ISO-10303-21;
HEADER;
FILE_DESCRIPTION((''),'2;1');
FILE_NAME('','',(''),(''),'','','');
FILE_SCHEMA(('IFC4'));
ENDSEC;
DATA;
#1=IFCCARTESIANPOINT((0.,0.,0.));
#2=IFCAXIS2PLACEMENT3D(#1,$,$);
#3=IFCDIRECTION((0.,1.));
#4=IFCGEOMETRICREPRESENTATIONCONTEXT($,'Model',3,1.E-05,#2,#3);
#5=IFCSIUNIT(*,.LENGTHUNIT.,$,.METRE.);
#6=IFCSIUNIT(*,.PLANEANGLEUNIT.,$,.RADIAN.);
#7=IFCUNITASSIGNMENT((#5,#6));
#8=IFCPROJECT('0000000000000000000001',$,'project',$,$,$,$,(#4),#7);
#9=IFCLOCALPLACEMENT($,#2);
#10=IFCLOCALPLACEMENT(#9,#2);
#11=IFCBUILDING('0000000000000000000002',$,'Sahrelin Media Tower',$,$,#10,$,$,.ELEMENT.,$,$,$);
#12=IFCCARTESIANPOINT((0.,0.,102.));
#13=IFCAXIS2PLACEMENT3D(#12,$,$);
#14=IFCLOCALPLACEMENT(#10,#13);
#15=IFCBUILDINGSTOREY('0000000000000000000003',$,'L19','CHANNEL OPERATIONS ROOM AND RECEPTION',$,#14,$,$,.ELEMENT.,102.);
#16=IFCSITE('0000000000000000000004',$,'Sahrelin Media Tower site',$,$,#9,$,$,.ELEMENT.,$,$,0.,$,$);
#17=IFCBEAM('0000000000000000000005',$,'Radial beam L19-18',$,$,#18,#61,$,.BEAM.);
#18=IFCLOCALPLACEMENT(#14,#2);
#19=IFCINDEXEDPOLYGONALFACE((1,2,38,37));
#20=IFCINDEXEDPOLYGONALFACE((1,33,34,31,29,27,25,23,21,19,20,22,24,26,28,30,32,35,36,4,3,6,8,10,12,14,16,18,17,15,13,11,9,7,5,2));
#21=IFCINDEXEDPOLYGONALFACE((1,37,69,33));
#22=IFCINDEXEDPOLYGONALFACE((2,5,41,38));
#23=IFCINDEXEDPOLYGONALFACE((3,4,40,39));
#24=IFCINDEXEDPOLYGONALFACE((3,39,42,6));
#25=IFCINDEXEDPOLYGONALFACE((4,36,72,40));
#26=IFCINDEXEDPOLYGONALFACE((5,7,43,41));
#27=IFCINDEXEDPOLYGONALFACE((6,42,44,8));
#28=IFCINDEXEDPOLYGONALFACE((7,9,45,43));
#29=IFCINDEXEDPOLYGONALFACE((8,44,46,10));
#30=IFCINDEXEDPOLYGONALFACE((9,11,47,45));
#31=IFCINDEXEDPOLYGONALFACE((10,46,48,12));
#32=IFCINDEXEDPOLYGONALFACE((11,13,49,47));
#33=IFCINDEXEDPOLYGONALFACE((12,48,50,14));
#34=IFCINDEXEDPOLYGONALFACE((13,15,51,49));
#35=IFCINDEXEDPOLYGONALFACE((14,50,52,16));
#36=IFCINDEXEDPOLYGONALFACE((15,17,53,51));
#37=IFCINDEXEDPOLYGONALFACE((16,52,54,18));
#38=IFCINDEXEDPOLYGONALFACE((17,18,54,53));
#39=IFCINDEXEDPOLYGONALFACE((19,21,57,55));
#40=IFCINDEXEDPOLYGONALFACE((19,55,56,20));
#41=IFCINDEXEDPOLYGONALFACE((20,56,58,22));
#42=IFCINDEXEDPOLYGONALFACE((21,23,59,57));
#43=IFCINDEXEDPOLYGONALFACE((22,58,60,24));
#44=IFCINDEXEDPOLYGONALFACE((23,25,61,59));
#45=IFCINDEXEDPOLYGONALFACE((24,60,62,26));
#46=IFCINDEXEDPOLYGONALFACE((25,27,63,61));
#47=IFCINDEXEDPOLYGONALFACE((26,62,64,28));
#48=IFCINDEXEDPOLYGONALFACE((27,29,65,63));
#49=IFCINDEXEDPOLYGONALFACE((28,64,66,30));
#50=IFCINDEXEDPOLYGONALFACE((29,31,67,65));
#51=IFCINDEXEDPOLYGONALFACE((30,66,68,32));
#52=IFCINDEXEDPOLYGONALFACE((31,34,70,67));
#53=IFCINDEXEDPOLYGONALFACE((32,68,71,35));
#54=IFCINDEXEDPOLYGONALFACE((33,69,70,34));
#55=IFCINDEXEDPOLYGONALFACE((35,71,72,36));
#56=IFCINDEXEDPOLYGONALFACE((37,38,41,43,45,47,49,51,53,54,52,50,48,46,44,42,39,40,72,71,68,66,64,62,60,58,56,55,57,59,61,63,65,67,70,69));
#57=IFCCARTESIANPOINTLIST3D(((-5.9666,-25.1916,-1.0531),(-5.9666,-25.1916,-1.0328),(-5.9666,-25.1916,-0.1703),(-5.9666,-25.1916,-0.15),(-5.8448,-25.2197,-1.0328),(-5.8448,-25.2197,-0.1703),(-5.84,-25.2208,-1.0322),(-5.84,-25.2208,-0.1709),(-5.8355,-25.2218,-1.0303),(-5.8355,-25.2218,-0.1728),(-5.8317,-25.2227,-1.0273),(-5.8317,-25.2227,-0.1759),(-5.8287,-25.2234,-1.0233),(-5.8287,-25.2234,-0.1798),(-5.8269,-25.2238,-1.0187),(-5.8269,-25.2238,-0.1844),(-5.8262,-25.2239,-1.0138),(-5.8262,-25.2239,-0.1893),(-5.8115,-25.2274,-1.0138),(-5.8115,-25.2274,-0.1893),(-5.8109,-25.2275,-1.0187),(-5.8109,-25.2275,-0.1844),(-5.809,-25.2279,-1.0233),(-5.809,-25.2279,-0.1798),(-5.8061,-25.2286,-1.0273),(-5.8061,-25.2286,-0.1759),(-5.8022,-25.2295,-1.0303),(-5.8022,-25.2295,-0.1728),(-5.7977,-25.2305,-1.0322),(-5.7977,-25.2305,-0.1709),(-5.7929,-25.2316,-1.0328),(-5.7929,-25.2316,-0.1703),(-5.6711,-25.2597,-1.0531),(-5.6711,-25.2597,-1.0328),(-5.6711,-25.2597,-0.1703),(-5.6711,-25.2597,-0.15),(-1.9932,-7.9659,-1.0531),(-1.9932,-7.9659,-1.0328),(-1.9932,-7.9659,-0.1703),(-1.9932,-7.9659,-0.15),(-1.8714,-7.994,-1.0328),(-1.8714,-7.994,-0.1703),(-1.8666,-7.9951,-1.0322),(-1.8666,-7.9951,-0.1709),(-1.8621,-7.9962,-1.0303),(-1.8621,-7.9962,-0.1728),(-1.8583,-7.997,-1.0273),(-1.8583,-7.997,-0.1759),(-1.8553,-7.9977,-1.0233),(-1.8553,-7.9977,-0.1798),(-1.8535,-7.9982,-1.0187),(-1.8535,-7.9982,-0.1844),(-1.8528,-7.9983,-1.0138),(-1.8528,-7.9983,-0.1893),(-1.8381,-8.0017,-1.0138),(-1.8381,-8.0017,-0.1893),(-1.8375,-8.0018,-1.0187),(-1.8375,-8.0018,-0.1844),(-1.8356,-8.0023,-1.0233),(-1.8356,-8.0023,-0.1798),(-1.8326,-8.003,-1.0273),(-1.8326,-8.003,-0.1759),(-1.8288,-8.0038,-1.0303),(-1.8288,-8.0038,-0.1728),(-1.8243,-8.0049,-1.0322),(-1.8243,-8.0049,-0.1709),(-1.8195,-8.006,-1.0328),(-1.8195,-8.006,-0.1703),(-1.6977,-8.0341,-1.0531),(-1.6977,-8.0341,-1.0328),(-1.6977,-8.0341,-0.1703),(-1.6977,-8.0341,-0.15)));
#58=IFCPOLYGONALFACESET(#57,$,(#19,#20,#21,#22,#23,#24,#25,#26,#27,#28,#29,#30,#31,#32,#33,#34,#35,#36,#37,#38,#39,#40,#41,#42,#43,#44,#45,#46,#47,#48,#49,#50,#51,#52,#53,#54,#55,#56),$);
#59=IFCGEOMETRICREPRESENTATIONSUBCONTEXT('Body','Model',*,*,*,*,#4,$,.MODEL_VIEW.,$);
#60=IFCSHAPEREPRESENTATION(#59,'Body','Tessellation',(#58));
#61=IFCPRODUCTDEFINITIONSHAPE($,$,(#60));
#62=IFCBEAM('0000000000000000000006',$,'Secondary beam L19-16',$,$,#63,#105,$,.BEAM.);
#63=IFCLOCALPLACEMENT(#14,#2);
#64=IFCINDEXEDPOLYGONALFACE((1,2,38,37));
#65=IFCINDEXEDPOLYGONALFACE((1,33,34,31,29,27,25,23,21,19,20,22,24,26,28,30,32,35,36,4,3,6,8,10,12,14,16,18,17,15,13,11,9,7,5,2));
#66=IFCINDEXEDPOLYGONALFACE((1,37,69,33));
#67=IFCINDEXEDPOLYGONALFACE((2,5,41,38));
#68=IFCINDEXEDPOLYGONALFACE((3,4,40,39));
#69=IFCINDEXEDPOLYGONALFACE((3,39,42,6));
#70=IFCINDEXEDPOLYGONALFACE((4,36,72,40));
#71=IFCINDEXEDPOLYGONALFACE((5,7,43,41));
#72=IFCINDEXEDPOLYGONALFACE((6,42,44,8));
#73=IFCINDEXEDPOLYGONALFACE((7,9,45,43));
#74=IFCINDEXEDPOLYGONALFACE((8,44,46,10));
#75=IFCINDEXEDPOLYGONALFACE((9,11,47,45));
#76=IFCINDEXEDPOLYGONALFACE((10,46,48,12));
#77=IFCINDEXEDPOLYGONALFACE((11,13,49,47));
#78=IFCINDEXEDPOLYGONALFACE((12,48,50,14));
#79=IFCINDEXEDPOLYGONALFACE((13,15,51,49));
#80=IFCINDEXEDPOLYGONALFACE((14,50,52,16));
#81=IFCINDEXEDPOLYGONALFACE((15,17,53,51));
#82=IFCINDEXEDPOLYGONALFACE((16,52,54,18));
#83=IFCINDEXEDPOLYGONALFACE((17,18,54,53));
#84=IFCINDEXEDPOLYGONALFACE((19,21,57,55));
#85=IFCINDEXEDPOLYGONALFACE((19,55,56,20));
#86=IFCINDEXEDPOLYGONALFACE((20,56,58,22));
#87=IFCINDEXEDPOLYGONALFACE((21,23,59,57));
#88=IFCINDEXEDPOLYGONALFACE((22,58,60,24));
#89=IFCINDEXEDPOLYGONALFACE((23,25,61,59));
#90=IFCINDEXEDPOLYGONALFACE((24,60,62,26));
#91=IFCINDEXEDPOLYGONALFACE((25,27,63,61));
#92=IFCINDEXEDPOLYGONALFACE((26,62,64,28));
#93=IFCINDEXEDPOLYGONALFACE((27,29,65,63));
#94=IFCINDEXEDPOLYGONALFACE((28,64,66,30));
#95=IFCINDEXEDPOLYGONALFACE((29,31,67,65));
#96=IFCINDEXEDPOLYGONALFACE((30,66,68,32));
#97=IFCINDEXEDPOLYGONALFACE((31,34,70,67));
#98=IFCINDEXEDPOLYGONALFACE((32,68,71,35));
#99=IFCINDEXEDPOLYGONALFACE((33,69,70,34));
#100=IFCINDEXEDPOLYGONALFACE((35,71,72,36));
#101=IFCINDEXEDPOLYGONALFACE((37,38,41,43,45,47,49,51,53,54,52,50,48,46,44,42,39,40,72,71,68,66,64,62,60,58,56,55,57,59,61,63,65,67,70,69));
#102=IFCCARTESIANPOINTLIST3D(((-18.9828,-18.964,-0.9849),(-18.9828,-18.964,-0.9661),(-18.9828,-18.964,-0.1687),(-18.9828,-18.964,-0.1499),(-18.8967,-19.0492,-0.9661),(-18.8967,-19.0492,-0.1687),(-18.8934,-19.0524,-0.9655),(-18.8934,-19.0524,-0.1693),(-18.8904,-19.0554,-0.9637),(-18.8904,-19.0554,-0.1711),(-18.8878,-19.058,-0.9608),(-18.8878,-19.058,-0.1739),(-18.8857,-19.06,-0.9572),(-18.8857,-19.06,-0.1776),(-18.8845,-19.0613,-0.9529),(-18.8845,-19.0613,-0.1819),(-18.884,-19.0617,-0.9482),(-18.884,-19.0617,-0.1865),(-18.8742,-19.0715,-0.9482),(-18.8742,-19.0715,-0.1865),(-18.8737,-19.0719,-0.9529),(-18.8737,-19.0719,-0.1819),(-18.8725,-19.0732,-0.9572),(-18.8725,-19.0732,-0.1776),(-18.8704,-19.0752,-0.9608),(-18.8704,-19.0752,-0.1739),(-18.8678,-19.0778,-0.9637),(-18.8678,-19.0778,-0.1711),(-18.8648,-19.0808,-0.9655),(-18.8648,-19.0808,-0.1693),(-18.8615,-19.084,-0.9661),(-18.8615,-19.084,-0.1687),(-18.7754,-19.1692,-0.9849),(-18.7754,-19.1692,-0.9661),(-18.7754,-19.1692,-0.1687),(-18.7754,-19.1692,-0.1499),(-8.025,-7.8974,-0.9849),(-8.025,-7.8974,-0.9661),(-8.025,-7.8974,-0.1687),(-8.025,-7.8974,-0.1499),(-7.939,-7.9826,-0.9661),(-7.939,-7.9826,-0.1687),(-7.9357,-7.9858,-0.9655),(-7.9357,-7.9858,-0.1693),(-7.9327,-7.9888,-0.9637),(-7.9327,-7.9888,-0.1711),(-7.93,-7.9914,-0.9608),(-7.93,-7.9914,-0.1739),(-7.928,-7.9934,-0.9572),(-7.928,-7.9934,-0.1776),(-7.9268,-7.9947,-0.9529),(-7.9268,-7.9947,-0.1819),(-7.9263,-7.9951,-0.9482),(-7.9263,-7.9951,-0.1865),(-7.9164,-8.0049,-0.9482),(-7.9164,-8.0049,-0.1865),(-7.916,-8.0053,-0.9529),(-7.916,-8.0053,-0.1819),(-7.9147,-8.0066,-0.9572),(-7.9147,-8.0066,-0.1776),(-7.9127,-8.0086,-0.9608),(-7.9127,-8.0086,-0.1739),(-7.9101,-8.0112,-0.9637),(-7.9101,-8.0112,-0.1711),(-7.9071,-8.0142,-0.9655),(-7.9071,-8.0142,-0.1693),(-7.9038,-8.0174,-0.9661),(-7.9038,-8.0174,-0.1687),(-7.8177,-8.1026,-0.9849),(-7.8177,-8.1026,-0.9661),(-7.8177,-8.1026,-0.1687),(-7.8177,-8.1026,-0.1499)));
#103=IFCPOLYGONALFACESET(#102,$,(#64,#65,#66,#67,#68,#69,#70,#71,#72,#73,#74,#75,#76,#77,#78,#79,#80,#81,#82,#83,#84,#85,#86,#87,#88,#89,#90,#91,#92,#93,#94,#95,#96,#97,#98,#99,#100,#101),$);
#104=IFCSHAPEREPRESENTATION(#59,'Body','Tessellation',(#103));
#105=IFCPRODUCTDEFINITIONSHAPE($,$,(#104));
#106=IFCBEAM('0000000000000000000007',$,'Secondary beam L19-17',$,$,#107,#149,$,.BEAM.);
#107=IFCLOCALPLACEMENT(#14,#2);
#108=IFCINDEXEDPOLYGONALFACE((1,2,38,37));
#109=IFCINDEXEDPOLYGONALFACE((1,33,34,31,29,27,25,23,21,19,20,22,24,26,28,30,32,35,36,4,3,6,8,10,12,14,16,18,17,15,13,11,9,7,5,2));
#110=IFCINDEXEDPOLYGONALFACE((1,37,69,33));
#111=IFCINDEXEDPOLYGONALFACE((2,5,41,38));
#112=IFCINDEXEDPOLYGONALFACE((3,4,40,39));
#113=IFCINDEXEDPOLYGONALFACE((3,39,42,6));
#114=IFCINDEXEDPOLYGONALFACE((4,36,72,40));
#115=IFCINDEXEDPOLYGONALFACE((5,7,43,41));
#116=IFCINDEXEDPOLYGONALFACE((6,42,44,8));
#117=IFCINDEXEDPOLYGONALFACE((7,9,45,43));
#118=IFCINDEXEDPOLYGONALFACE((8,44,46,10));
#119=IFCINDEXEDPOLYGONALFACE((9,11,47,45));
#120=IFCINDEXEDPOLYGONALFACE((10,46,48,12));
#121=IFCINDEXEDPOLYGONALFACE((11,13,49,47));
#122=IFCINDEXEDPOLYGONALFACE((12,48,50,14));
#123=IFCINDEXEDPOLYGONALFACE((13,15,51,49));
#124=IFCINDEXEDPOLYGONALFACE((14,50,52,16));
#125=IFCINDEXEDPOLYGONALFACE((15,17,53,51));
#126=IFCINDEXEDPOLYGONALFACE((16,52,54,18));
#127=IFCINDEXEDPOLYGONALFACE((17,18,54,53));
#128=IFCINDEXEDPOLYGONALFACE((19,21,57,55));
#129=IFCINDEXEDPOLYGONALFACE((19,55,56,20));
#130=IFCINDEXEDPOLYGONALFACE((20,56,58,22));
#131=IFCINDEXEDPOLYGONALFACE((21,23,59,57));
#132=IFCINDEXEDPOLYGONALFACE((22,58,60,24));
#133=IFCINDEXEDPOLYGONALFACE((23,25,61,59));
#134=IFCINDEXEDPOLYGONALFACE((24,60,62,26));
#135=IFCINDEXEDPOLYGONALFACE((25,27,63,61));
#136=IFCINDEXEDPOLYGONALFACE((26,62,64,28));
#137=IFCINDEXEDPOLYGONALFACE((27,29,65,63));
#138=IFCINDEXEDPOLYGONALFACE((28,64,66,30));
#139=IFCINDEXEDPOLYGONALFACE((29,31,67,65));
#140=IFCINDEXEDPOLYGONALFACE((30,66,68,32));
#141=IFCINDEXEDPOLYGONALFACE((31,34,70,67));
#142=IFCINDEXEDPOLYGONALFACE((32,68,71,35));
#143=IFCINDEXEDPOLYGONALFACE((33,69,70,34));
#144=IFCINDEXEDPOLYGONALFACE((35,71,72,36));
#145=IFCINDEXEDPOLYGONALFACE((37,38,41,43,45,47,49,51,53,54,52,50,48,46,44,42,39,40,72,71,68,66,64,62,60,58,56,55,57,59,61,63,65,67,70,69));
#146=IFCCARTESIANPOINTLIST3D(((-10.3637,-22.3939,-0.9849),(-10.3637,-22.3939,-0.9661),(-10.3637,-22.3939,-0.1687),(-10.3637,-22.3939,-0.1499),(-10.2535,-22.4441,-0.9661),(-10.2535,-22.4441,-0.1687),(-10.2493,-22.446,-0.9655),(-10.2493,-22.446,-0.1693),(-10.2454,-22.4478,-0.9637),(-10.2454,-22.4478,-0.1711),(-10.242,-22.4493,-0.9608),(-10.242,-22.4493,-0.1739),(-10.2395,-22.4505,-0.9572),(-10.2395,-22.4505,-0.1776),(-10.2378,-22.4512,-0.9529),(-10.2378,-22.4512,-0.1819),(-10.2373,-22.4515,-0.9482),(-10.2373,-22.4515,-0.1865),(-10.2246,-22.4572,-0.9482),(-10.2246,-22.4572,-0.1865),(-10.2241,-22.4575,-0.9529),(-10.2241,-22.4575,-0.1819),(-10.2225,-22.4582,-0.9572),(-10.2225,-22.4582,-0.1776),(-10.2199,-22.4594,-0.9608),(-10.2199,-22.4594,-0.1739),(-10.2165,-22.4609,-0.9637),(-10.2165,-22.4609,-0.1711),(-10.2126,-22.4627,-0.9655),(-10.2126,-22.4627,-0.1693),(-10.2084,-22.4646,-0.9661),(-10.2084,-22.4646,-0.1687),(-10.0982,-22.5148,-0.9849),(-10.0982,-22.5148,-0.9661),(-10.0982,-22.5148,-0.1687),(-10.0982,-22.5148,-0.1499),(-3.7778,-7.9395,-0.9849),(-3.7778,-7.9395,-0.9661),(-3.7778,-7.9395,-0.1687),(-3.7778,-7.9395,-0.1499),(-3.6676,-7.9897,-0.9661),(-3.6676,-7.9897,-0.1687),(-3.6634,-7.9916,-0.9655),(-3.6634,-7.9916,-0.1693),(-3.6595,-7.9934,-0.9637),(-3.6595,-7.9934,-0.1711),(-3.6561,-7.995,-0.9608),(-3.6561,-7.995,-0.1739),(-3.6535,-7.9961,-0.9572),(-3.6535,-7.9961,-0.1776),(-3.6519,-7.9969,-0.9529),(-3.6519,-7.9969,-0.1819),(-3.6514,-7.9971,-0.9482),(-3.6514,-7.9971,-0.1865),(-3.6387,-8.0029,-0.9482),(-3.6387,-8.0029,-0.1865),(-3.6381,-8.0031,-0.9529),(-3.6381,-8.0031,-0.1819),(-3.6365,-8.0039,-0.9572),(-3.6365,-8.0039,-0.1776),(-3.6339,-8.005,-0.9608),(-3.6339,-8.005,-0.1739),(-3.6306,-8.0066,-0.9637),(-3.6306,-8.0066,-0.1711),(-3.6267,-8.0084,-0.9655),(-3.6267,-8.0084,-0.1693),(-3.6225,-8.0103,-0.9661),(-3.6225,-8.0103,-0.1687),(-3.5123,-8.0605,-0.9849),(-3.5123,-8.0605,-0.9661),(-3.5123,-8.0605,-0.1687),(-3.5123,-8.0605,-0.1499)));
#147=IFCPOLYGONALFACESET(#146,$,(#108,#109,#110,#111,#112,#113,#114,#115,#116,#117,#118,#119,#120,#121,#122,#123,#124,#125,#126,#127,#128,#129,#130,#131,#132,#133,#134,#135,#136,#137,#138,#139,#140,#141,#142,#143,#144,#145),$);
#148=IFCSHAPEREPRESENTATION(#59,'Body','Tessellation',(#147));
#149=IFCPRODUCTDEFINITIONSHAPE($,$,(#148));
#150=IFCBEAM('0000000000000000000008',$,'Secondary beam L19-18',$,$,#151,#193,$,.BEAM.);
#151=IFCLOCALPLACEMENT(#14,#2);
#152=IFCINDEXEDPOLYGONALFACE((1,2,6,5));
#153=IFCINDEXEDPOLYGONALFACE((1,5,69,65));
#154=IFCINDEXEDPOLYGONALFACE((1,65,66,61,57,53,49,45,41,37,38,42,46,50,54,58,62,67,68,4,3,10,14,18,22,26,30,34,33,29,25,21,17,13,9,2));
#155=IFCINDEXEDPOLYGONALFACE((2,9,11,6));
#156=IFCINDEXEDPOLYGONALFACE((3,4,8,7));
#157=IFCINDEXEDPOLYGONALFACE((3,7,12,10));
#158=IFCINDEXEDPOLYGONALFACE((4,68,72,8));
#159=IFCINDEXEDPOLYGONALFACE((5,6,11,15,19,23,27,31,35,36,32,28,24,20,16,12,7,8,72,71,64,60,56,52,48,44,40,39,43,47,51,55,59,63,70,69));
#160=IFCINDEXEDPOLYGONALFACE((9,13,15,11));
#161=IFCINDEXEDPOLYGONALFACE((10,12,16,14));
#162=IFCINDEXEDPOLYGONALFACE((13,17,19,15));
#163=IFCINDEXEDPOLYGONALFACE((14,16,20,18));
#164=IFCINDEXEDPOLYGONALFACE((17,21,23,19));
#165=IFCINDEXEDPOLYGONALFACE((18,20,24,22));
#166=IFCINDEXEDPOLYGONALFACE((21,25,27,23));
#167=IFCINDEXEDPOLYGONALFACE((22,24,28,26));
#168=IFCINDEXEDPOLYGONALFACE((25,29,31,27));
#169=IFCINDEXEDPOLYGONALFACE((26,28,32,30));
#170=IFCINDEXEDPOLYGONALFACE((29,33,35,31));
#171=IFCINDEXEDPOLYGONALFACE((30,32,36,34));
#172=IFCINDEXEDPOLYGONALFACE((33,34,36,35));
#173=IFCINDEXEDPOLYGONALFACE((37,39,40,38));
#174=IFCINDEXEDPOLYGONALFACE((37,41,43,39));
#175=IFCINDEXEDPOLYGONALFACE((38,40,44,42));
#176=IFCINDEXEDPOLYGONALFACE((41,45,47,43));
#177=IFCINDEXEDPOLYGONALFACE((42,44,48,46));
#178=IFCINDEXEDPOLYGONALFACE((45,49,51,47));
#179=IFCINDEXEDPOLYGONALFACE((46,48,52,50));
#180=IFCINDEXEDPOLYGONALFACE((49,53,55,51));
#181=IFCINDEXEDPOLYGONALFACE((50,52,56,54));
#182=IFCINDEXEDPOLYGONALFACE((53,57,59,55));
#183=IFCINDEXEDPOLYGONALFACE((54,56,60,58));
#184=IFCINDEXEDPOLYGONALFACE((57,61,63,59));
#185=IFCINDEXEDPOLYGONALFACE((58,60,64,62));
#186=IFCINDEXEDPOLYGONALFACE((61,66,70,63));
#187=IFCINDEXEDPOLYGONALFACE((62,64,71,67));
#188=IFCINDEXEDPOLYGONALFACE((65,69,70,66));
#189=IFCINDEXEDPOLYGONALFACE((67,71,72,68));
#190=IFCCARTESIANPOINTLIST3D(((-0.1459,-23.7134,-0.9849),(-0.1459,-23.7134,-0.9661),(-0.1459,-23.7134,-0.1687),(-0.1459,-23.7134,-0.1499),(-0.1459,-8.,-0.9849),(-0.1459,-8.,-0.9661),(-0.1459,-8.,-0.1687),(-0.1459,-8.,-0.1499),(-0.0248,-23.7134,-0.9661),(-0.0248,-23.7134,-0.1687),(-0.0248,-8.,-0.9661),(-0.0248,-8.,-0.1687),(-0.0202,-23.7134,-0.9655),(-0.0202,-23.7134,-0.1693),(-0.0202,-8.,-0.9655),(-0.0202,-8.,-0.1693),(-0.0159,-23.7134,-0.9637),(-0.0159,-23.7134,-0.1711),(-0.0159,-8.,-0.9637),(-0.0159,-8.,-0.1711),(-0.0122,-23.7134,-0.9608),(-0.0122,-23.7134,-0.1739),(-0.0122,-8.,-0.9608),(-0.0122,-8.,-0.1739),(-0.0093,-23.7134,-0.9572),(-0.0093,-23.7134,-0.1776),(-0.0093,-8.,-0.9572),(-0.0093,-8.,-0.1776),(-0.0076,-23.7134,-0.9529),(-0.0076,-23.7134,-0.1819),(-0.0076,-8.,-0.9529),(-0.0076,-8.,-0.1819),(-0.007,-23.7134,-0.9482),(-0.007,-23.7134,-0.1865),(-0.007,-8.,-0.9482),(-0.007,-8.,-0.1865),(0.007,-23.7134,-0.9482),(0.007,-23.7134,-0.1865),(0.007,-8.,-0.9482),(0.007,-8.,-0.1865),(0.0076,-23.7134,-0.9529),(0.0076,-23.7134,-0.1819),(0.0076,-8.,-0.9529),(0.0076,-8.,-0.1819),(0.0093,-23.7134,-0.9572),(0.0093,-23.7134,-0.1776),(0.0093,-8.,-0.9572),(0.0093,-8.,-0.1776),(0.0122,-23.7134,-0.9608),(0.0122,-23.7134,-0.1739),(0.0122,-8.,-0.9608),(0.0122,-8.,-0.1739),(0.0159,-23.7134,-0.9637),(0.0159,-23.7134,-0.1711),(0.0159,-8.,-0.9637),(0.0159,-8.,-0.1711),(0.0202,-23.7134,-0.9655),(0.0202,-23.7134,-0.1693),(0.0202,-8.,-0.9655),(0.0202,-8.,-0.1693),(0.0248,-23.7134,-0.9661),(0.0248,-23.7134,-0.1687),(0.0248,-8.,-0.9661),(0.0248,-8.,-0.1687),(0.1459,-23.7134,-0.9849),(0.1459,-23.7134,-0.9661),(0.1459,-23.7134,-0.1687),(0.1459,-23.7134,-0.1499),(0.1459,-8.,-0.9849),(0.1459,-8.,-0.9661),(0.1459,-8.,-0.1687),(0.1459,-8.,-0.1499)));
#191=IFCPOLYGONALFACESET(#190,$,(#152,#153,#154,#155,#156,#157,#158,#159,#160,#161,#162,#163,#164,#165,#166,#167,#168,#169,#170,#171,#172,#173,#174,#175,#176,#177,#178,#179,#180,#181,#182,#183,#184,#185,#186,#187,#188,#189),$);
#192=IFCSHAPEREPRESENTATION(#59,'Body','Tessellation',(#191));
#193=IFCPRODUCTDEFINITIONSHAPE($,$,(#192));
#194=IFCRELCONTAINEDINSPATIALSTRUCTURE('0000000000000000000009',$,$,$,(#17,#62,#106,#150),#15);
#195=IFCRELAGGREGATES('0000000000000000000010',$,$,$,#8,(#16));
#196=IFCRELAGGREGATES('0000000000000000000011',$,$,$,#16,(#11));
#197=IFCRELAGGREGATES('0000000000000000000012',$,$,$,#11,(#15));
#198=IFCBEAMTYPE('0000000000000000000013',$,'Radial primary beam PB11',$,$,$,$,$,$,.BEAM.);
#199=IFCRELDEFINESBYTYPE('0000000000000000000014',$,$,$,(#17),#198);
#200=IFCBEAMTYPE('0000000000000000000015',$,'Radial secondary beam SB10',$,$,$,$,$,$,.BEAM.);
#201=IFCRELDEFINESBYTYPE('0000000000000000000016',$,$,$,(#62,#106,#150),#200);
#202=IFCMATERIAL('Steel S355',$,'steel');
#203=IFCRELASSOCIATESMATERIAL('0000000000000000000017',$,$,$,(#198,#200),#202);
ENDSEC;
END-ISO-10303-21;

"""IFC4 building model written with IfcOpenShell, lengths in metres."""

from ifc_helpers import new_model, si_unit, direction, frame, origin, origin_2d, place, context, subcontext, project, spatial, i_section, extrude, material, material_profile, profile_set, type_object, element, save


model = new_model("IFC4")

# Units and contexts
model_context = context("Model", 3, precision=1e-05, world=origin(), true_north=direction((0.0, 1.0)))
body_context = subcontext(model_context, "Body", "Model", "MODEL_VIEW")
ifc_project = project(units=[si_unit("LENGTHUNIT", "METRE"), si_unit("PLANEANGLEUNIT", "RADIAN")], contexts=[model_context])

# Site, building, storey
site_placement = place(None, origin())
site = spatial("IfcSite", under=ifc_project, at=site_placement, Name="Sahrelin Media Tower site", CompositionType="ELEMENT", RefElevation=0.0)
building_placement = place(site_placement, origin())
building = spatial("IfcBuilding", under=site, at=building_placement, Name="Sahrelin Media Tower", CompositionType="ELEMENT")
storey_placement = place(building_placement, frame((0.0, 0.0, 102.0)))
storey = spatial("IfcBuildingStorey", under=building, at=storey_placement, Name="L19", Description="CHANNEL OPERATIONS ROOM AND RECEPTION", CompositionType="ELEMENT", Elevation=102.0)

# Shared definitions
ifc_material_1 = material(Name="Steel S355", Category="steel")

# Beams
ifc_material_profile_1 = material_profile(ifc_material_1, i_section(OverallWidth=0.3032, OverallDepth=0.9031, WebThickness=0.0151, FlangeThickness=0.0203, FilletRadius=0.019, at=origin_2d()), Name="UB 914x305x201")
ifc_profile_set_1 = profile_set([ifc_material_profile_1], Name="Steel S355")
beam_type_1 = type_object("IfcBeamType", Name="Radial primary beam PB11", PredefinedType="BEAM", material=ifc_profile_set_1)
beam_1_placement = place(storey_placement, frame((-1.8455, -8.0, -0.6016), z_axis=(-0.224766, -0.974413, 0.0), x_axis=(0.974413, -0.224766, 0.0)))
element("IfcBeam", 1, at=beam_1_placement, inside=storey, type_object=beam_type_1, Name="Radial beam L19-18", PredefinedType="BEAM", context=body_context, shape_type="SweptSolid", body=[
    extrude(i_section(OverallWidth=0.3032, OverallDepth=0.9031, WebThickness=0.0151, FlangeThickness=0.0203, FilletRadius=0.019, at=origin_2d()), origin(), (0.0, 0.0, 1.0), 17.678),
])
ifc_material_profile_2 = material_profile(ifc_material_1, i_section(OverallWidth=0.2917, OverallDepth=0.835, WebThickness=0.0139, FlangeThickness=0.0188, FilletRadius=0.0178, at=origin_2d()), Name="UB 838x292x176")
ifc_profile_set_2 = profile_set([ifc_material_profile_2], Name="Steel S355")
beam_type_2 = type_object("IfcBeamType", Name="Radial secondary beam SB10", PredefinedType="BEAM", material=ifc_profile_set_2)
beam_2_placement = place(storey_placement, frame((-7.9214, -8.0, -0.5674), z_axis=(-0.703602, -0.710594, 0.0), x_axis=(0.710594, -0.703602, 0.0)))
element("IfcBeam", 2, at=beam_2_placement, inside=storey, type_object=beam_type_2, Name="Secondary beam L19-16", PredefinedType="BEAM", context=body_context, shape_type="SweptSolid", body=[
    extrude(i_section(OverallWidth=0.2917, OverallDepth=0.835, WebThickness=0.0139, FlangeThickness=0.0188, FilletRadius=0.0178, at=origin_2d()), origin(), (0.0, 0.0, 1.0), 15.5737),
])
beam_3_placement = place(storey_placement, frame((-3.645, -8.0, -0.5674), z_axis=(-0.414626, -0.909992, 0.0), x_axis=(0.909992, -0.414626, 0.0)))
element("IfcBeam", 3, at=beam_3_placement, inside=storey, type_object=beam_type_2, Name="Secondary beam L19-17", PredefinedType="BEAM", context=body_context, shape_type="SweptSolid", body=[
    extrude(i_section(OverallWidth=0.2917, OverallDepth=0.835, WebThickness=0.0139, FlangeThickness=0.0188, FilletRadius=0.0178, at=origin_2d()), origin(), (0.0, 0.0, 1.0), 15.884),
])
beam_4_placement = place(storey_placement, frame((0.0, -8.0, -0.5674), z_axis=(0.0, -1.0, 0.0), x_axis=(1.0, 0.0, 0.0)))
element("IfcBeam", 4, at=beam_4_placement, inside=storey, type_object=beam_type_2, Name="Secondary beam L19-18", PredefinedType="BEAM", context=body_context, shape_type="SweptSolid", body=[
    extrude(i_section(OverallWidth=0.2917, OverallDepth=0.835, WebThickness=0.0139, FlangeThickness=0.0188, FilletRadius=0.0178, at=origin_2d()), origin(), (0.0, 0.0, 1.0), 15.7134),
])

save(model, "model.ifc")
